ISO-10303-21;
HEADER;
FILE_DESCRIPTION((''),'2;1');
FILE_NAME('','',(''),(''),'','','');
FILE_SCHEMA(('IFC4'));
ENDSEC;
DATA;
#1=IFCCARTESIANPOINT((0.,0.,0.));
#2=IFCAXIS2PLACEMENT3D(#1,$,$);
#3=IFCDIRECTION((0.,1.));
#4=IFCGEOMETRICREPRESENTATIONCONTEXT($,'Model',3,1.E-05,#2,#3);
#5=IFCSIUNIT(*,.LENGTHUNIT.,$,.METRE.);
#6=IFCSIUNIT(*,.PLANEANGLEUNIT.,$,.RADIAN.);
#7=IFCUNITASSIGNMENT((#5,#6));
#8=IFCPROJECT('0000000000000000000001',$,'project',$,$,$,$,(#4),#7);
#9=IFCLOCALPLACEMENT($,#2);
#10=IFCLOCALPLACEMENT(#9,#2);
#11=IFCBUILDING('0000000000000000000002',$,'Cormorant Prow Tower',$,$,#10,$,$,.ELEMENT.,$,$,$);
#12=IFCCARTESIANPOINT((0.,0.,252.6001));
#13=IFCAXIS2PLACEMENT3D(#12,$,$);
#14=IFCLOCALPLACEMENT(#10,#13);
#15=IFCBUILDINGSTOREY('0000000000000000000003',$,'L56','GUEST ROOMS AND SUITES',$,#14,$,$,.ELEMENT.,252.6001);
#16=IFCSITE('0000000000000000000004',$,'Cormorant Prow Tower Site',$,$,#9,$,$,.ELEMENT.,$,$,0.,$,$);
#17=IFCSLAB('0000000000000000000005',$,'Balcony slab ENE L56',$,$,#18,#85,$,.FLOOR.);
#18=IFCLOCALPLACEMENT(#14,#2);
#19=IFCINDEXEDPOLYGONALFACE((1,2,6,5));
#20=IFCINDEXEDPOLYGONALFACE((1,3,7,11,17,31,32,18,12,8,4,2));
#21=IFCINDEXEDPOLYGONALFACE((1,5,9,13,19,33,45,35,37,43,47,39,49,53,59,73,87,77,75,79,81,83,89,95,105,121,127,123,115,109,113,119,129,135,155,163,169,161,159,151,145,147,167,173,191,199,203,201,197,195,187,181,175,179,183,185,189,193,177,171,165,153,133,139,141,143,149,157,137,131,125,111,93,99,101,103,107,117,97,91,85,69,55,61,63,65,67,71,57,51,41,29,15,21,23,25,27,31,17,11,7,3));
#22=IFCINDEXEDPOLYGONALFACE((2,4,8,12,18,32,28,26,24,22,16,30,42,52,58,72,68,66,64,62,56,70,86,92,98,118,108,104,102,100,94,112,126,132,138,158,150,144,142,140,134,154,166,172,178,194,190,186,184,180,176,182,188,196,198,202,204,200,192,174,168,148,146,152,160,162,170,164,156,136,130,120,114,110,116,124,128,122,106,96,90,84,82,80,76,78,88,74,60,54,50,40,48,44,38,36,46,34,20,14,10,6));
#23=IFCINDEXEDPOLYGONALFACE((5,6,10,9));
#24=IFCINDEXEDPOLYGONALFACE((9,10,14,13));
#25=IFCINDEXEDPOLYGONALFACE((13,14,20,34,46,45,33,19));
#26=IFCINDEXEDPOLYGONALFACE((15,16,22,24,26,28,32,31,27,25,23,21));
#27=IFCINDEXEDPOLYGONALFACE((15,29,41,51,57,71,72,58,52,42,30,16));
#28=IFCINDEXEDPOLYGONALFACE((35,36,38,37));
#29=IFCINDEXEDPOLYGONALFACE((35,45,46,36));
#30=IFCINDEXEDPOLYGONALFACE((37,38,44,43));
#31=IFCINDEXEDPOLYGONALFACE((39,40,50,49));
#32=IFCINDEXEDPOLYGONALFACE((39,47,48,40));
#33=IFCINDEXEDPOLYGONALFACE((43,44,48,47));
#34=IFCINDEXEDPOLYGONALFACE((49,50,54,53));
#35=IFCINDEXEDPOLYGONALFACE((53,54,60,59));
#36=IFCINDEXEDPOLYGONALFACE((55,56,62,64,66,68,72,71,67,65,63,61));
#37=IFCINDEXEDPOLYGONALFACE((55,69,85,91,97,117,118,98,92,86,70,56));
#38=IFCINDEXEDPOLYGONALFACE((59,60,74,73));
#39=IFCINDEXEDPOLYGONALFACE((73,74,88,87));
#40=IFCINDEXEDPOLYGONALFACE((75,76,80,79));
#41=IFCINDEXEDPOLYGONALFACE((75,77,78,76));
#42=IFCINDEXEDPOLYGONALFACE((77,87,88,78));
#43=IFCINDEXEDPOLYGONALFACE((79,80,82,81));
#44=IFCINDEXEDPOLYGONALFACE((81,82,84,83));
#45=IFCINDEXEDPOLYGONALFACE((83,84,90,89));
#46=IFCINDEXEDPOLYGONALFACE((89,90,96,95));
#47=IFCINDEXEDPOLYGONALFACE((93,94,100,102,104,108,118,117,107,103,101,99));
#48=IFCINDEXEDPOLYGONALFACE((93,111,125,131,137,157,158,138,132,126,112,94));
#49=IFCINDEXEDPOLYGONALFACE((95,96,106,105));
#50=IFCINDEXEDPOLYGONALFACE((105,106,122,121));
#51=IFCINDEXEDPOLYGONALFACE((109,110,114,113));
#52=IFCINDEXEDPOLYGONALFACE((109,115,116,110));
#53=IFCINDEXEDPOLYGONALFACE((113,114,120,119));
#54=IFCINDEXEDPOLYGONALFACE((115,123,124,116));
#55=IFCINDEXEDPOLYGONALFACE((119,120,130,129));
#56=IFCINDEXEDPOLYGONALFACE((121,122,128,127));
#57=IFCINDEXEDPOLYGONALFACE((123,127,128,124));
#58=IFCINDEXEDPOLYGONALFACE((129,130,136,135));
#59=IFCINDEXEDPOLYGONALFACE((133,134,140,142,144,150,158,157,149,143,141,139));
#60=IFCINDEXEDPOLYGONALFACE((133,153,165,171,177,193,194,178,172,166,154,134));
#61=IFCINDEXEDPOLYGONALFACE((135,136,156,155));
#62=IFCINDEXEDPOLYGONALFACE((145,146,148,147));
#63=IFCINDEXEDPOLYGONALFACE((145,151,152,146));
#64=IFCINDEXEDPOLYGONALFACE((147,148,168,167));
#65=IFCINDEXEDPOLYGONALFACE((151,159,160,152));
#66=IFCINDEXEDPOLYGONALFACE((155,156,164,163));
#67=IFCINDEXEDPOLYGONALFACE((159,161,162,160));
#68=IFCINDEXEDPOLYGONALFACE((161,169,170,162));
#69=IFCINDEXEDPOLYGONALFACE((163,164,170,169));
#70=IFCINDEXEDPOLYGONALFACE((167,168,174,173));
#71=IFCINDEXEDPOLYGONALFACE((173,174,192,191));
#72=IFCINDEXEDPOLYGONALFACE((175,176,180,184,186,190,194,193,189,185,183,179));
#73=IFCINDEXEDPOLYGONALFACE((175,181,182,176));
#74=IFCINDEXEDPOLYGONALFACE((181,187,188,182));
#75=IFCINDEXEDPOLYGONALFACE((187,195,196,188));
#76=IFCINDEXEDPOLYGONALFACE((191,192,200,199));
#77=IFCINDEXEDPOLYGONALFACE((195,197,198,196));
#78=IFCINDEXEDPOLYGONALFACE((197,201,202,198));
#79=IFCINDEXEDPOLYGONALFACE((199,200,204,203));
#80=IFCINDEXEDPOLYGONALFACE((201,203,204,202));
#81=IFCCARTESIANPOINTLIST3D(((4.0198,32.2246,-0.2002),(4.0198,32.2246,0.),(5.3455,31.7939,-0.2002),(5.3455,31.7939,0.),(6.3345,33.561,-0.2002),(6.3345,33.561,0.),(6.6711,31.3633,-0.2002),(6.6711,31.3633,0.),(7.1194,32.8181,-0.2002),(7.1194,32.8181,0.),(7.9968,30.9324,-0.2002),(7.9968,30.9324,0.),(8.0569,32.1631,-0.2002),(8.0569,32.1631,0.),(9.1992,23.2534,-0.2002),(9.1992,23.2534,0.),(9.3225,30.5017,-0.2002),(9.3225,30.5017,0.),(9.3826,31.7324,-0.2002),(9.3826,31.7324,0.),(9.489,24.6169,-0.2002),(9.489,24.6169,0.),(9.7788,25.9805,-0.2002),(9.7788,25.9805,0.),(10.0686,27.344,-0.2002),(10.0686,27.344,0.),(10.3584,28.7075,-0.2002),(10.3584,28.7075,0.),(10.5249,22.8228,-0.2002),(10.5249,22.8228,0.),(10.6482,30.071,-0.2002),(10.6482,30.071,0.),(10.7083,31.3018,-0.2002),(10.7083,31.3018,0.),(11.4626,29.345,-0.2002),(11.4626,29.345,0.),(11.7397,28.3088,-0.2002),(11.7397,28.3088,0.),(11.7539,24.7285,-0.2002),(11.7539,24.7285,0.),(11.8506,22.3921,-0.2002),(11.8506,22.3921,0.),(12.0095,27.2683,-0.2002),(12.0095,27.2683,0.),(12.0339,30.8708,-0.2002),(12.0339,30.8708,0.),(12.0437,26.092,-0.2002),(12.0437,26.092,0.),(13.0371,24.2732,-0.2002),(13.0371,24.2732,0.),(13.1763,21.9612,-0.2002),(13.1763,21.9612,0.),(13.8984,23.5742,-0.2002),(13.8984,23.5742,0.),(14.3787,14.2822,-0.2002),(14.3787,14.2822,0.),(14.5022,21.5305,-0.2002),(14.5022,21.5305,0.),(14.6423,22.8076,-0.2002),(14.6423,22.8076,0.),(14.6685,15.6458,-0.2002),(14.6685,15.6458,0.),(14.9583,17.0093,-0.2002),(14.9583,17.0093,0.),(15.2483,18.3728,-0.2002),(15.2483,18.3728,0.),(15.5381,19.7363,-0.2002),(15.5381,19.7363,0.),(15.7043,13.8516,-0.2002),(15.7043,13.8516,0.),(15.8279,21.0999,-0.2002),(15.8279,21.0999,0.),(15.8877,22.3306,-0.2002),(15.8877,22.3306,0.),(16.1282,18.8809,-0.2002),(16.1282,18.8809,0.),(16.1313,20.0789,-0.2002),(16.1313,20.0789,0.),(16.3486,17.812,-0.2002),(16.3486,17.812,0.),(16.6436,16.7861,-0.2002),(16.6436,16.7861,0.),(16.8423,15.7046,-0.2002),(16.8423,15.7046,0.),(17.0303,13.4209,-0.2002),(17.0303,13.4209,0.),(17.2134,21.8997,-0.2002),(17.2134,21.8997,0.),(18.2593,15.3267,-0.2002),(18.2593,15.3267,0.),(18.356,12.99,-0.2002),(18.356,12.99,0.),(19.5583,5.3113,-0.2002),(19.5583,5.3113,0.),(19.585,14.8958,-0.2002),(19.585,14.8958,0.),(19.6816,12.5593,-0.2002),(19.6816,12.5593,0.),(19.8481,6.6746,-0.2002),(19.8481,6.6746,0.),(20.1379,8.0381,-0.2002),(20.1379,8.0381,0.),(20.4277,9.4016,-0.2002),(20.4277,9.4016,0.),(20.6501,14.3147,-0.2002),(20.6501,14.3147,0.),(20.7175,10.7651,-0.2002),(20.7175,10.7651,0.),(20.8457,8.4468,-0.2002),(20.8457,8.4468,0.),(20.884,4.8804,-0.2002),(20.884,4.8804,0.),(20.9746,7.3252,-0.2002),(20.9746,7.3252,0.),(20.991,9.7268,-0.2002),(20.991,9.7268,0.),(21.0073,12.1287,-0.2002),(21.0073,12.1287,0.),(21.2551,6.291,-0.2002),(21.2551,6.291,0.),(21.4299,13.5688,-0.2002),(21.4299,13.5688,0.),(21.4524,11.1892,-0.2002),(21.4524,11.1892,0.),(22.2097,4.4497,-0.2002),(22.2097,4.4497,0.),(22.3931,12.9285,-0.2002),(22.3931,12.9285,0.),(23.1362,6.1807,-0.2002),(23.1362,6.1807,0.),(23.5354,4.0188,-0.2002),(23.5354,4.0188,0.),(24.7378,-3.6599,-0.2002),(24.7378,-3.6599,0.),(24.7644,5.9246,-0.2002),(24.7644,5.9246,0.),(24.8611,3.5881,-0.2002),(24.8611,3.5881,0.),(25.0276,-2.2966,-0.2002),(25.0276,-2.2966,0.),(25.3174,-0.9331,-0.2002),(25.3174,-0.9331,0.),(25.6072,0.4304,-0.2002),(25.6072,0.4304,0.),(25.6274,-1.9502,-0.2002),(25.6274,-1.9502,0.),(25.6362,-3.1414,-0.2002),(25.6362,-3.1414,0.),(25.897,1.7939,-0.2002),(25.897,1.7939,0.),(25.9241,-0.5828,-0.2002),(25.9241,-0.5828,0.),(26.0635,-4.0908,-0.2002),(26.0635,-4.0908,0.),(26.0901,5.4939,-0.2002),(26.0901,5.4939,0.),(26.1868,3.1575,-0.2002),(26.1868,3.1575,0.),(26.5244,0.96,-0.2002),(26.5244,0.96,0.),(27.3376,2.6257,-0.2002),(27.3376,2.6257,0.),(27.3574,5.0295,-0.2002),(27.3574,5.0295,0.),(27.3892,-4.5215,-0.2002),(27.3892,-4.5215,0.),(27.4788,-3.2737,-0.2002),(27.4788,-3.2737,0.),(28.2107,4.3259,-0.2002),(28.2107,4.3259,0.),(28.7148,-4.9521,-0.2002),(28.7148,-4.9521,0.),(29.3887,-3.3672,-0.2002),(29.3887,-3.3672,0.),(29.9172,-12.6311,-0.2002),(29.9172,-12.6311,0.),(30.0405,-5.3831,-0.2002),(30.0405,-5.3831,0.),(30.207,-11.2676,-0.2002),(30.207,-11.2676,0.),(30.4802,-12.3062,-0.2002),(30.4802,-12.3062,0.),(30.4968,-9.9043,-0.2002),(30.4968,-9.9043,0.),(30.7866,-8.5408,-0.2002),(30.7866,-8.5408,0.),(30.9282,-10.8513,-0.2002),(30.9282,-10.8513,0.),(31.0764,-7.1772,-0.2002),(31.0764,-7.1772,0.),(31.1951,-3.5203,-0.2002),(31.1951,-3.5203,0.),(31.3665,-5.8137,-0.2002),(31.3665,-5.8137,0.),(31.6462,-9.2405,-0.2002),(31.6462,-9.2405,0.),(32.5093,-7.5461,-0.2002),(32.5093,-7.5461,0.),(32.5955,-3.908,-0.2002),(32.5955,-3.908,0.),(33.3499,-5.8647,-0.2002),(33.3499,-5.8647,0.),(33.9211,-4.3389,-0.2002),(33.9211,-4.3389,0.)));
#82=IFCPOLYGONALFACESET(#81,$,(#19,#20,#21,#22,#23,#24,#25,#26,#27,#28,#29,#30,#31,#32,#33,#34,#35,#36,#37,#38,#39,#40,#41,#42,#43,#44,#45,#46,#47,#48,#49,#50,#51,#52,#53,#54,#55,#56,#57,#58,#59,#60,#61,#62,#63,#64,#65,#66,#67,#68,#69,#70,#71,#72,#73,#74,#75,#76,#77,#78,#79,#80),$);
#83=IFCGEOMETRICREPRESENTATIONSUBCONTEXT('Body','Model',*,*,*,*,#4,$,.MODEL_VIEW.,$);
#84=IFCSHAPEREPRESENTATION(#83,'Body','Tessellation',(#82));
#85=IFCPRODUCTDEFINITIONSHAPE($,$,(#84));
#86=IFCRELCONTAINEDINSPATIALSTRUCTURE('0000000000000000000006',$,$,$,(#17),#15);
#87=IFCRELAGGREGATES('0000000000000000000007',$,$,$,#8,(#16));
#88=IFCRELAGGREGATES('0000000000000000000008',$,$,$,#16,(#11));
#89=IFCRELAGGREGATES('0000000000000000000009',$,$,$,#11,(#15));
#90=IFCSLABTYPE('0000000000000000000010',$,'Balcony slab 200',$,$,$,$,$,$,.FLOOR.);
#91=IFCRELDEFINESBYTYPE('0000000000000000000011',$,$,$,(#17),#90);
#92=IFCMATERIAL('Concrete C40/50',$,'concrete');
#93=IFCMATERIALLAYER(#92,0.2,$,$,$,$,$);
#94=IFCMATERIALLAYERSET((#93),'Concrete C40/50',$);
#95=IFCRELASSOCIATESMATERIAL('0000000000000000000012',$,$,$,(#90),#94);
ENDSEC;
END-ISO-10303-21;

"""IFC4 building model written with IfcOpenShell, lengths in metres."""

from ifc_helpers import new_model, si_unit, direction, frame, origin, place, context, subcontext, project, spatial, polyline, outline, extrude, material, layer, layer_set, type_object, element, save


model = new_model("IFC4")

# Units and contexts
model_context = context("Model", 3, precision=1e-05, world=origin(), true_north=direction((0.0, 1.0)))
body_context = subcontext(model_context, "Body", "Model", "MODEL_VIEW")
ifc_project = project(units=[si_unit("LENGTHUNIT", "METRE"), si_unit("PLANEANGLEUNIT", "RADIAN")], contexts=[model_context])

# Site, building, storey
site_placement = place(None, origin())
site = spatial("IfcSite", under=ifc_project, at=site_placement, Name="Cormorant Prow Tower Site", CompositionType="ELEMENT", RefElevation=0.0)
building_placement = place(site_placement, origin())
building = spatial("IfcBuilding", under=site, at=building_placement, Name="Cormorant Prow Tower", CompositionType="ELEMENT")
storey_placement = place(building_placement, frame((0.0, 0.0, 252.6001)))
storey = spatial("IfcBuildingStorey", under=building, at=storey_placement, Name="L56", Description="GUEST ROOMS AND SUITES", CompositionType="ELEMENT", Elevation=252.6001)

# Slab
ifc_material_1 = material(Name="Concrete C40/50", Category="concrete")
ifc_layer_1 = layer(ifc_material_1, 0.2)
ifc_layer_set_1 = layer_set([ifc_layer_1], Name="Concrete C40/50")
slab_type_1 = type_object("IfcSlabType", Name="Balcony slab 200", PredefinedType="FLOOR", material=ifc_layer_set_1)
slab_1_placement = place(storey_placement, frame((0.0, 0.0, -0.2002)))
element("IfcSlab", 1, at=slab_1_placement, inside=storey, type_object=slab_type_1, Name="Balcony slab ENE L56", PredefinedType="FLOOR", context=body_context, shape_type="SweptSolid", body=[
    extrude(outline(polyline([(29.9172, -12.6311), (30.4802, -12.3062), (30.9282, -10.8513), (31.6462, -9.2405), (32.5093, -7.5461), (33.3499, -5.8647), (33.9211, -4.3389), (32.5955, -3.908), (31.1951, -3.5203), (29.3887, -3.3672), (27.4788, -3.2737), (25.6362, -3.1414), (25.6274, -1.9502), (25.9241, -0.5828), (26.5244, 0.96), (27.3376, 2.6257), (28.2107, 4.3259), (27.3574, 5.0295), (26.0901, 5.4939), (24.7644, 5.9246), (23.1362, 6.1807), (21.2551, 6.291), (20.9746, 7.3252), (20.8457, 8.4468), (20.991, 9.7268), (21.4524, 11.1892), (22.3931, 12.9285), (21.4299, 13.5688), (20.6501, 14.3147), (19.585, 14.8958), (18.2593, 15.3267), (16.8423, 15.7046), (16.6436, 16.7861), (16.3486, 17.812), (16.1282, 18.8809), (16.1313, 20.0789), (17.2134, 21.8997), (15.8877, 22.3306), (14.6423, 22.8076), (13.8984, 23.5742), (13.0371, 24.2732), (11.7539, 24.7285), (12.0437, 26.092), (12.0095, 27.2683), (11.7397, 28.3088), (11.4626, 29.345), (12.0339, 30.8708), (10.7083, 31.3018), (9.3826, 31.7324), (8.0569, 32.1631), (7.1194, 32.8181), (6.3345, 33.561), (4.0198, 32.2246), (5.3455, 31.7939), (6.6711, 31.3633), (7.9968, 30.9324), (9.3225, 30.5017), (10.6482, 30.071), (10.3584, 28.7075), (10.0686, 27.344), (9.7788, 25.9805), (9.489, 24.6169), (9.1992, 23.2534), (10.5249, 22.8228), (11.8506, 22.3921), (13.1763, 21.9612), (14.5022, 21.5305), (15.8279, 21.0999), (15.5381, 19.7363), (15.2483, 18.3728), (14.9583, 17.0093), (14.6685, 15.6458), (14.3787, 14.2822), (15.7043, 13.8516), (17.0303, 13.4209), (18.356, 12.99), (19.6816, 12.5593), (21.0073, 12.1287), (20.7175, 10.7651), (20.4277, 9.4016), (20.1379, 8.0381), (19.8481, 6.6746), (19.5583, 5.3113), (20.884, 4.8804), (22.2097, 4.4497), (23.5354, 4.0188), (24.8611, 3.5881), (26.1868, 3.1575), (25.897, 1.7939), (25.6072, 0.4304), (25.3174, -0.9331), (25.0276, -2.2966), (24.7378, -3.6599), (26.0635, -4.0908), (27.3892, -4.5215), (28.7148, -4.9521), (30.0405, -5.3831), (31.3665, -5.8137), (31.0764, -7.1772), (30.7866, -8.5408), (30.4968, -9.9043), (30.207, -11.2676), (29.9172, -12.6311)])), origin(), (0.0, 0.0, 1.0), 0.2002),
])

save(model, "model.ifc")
